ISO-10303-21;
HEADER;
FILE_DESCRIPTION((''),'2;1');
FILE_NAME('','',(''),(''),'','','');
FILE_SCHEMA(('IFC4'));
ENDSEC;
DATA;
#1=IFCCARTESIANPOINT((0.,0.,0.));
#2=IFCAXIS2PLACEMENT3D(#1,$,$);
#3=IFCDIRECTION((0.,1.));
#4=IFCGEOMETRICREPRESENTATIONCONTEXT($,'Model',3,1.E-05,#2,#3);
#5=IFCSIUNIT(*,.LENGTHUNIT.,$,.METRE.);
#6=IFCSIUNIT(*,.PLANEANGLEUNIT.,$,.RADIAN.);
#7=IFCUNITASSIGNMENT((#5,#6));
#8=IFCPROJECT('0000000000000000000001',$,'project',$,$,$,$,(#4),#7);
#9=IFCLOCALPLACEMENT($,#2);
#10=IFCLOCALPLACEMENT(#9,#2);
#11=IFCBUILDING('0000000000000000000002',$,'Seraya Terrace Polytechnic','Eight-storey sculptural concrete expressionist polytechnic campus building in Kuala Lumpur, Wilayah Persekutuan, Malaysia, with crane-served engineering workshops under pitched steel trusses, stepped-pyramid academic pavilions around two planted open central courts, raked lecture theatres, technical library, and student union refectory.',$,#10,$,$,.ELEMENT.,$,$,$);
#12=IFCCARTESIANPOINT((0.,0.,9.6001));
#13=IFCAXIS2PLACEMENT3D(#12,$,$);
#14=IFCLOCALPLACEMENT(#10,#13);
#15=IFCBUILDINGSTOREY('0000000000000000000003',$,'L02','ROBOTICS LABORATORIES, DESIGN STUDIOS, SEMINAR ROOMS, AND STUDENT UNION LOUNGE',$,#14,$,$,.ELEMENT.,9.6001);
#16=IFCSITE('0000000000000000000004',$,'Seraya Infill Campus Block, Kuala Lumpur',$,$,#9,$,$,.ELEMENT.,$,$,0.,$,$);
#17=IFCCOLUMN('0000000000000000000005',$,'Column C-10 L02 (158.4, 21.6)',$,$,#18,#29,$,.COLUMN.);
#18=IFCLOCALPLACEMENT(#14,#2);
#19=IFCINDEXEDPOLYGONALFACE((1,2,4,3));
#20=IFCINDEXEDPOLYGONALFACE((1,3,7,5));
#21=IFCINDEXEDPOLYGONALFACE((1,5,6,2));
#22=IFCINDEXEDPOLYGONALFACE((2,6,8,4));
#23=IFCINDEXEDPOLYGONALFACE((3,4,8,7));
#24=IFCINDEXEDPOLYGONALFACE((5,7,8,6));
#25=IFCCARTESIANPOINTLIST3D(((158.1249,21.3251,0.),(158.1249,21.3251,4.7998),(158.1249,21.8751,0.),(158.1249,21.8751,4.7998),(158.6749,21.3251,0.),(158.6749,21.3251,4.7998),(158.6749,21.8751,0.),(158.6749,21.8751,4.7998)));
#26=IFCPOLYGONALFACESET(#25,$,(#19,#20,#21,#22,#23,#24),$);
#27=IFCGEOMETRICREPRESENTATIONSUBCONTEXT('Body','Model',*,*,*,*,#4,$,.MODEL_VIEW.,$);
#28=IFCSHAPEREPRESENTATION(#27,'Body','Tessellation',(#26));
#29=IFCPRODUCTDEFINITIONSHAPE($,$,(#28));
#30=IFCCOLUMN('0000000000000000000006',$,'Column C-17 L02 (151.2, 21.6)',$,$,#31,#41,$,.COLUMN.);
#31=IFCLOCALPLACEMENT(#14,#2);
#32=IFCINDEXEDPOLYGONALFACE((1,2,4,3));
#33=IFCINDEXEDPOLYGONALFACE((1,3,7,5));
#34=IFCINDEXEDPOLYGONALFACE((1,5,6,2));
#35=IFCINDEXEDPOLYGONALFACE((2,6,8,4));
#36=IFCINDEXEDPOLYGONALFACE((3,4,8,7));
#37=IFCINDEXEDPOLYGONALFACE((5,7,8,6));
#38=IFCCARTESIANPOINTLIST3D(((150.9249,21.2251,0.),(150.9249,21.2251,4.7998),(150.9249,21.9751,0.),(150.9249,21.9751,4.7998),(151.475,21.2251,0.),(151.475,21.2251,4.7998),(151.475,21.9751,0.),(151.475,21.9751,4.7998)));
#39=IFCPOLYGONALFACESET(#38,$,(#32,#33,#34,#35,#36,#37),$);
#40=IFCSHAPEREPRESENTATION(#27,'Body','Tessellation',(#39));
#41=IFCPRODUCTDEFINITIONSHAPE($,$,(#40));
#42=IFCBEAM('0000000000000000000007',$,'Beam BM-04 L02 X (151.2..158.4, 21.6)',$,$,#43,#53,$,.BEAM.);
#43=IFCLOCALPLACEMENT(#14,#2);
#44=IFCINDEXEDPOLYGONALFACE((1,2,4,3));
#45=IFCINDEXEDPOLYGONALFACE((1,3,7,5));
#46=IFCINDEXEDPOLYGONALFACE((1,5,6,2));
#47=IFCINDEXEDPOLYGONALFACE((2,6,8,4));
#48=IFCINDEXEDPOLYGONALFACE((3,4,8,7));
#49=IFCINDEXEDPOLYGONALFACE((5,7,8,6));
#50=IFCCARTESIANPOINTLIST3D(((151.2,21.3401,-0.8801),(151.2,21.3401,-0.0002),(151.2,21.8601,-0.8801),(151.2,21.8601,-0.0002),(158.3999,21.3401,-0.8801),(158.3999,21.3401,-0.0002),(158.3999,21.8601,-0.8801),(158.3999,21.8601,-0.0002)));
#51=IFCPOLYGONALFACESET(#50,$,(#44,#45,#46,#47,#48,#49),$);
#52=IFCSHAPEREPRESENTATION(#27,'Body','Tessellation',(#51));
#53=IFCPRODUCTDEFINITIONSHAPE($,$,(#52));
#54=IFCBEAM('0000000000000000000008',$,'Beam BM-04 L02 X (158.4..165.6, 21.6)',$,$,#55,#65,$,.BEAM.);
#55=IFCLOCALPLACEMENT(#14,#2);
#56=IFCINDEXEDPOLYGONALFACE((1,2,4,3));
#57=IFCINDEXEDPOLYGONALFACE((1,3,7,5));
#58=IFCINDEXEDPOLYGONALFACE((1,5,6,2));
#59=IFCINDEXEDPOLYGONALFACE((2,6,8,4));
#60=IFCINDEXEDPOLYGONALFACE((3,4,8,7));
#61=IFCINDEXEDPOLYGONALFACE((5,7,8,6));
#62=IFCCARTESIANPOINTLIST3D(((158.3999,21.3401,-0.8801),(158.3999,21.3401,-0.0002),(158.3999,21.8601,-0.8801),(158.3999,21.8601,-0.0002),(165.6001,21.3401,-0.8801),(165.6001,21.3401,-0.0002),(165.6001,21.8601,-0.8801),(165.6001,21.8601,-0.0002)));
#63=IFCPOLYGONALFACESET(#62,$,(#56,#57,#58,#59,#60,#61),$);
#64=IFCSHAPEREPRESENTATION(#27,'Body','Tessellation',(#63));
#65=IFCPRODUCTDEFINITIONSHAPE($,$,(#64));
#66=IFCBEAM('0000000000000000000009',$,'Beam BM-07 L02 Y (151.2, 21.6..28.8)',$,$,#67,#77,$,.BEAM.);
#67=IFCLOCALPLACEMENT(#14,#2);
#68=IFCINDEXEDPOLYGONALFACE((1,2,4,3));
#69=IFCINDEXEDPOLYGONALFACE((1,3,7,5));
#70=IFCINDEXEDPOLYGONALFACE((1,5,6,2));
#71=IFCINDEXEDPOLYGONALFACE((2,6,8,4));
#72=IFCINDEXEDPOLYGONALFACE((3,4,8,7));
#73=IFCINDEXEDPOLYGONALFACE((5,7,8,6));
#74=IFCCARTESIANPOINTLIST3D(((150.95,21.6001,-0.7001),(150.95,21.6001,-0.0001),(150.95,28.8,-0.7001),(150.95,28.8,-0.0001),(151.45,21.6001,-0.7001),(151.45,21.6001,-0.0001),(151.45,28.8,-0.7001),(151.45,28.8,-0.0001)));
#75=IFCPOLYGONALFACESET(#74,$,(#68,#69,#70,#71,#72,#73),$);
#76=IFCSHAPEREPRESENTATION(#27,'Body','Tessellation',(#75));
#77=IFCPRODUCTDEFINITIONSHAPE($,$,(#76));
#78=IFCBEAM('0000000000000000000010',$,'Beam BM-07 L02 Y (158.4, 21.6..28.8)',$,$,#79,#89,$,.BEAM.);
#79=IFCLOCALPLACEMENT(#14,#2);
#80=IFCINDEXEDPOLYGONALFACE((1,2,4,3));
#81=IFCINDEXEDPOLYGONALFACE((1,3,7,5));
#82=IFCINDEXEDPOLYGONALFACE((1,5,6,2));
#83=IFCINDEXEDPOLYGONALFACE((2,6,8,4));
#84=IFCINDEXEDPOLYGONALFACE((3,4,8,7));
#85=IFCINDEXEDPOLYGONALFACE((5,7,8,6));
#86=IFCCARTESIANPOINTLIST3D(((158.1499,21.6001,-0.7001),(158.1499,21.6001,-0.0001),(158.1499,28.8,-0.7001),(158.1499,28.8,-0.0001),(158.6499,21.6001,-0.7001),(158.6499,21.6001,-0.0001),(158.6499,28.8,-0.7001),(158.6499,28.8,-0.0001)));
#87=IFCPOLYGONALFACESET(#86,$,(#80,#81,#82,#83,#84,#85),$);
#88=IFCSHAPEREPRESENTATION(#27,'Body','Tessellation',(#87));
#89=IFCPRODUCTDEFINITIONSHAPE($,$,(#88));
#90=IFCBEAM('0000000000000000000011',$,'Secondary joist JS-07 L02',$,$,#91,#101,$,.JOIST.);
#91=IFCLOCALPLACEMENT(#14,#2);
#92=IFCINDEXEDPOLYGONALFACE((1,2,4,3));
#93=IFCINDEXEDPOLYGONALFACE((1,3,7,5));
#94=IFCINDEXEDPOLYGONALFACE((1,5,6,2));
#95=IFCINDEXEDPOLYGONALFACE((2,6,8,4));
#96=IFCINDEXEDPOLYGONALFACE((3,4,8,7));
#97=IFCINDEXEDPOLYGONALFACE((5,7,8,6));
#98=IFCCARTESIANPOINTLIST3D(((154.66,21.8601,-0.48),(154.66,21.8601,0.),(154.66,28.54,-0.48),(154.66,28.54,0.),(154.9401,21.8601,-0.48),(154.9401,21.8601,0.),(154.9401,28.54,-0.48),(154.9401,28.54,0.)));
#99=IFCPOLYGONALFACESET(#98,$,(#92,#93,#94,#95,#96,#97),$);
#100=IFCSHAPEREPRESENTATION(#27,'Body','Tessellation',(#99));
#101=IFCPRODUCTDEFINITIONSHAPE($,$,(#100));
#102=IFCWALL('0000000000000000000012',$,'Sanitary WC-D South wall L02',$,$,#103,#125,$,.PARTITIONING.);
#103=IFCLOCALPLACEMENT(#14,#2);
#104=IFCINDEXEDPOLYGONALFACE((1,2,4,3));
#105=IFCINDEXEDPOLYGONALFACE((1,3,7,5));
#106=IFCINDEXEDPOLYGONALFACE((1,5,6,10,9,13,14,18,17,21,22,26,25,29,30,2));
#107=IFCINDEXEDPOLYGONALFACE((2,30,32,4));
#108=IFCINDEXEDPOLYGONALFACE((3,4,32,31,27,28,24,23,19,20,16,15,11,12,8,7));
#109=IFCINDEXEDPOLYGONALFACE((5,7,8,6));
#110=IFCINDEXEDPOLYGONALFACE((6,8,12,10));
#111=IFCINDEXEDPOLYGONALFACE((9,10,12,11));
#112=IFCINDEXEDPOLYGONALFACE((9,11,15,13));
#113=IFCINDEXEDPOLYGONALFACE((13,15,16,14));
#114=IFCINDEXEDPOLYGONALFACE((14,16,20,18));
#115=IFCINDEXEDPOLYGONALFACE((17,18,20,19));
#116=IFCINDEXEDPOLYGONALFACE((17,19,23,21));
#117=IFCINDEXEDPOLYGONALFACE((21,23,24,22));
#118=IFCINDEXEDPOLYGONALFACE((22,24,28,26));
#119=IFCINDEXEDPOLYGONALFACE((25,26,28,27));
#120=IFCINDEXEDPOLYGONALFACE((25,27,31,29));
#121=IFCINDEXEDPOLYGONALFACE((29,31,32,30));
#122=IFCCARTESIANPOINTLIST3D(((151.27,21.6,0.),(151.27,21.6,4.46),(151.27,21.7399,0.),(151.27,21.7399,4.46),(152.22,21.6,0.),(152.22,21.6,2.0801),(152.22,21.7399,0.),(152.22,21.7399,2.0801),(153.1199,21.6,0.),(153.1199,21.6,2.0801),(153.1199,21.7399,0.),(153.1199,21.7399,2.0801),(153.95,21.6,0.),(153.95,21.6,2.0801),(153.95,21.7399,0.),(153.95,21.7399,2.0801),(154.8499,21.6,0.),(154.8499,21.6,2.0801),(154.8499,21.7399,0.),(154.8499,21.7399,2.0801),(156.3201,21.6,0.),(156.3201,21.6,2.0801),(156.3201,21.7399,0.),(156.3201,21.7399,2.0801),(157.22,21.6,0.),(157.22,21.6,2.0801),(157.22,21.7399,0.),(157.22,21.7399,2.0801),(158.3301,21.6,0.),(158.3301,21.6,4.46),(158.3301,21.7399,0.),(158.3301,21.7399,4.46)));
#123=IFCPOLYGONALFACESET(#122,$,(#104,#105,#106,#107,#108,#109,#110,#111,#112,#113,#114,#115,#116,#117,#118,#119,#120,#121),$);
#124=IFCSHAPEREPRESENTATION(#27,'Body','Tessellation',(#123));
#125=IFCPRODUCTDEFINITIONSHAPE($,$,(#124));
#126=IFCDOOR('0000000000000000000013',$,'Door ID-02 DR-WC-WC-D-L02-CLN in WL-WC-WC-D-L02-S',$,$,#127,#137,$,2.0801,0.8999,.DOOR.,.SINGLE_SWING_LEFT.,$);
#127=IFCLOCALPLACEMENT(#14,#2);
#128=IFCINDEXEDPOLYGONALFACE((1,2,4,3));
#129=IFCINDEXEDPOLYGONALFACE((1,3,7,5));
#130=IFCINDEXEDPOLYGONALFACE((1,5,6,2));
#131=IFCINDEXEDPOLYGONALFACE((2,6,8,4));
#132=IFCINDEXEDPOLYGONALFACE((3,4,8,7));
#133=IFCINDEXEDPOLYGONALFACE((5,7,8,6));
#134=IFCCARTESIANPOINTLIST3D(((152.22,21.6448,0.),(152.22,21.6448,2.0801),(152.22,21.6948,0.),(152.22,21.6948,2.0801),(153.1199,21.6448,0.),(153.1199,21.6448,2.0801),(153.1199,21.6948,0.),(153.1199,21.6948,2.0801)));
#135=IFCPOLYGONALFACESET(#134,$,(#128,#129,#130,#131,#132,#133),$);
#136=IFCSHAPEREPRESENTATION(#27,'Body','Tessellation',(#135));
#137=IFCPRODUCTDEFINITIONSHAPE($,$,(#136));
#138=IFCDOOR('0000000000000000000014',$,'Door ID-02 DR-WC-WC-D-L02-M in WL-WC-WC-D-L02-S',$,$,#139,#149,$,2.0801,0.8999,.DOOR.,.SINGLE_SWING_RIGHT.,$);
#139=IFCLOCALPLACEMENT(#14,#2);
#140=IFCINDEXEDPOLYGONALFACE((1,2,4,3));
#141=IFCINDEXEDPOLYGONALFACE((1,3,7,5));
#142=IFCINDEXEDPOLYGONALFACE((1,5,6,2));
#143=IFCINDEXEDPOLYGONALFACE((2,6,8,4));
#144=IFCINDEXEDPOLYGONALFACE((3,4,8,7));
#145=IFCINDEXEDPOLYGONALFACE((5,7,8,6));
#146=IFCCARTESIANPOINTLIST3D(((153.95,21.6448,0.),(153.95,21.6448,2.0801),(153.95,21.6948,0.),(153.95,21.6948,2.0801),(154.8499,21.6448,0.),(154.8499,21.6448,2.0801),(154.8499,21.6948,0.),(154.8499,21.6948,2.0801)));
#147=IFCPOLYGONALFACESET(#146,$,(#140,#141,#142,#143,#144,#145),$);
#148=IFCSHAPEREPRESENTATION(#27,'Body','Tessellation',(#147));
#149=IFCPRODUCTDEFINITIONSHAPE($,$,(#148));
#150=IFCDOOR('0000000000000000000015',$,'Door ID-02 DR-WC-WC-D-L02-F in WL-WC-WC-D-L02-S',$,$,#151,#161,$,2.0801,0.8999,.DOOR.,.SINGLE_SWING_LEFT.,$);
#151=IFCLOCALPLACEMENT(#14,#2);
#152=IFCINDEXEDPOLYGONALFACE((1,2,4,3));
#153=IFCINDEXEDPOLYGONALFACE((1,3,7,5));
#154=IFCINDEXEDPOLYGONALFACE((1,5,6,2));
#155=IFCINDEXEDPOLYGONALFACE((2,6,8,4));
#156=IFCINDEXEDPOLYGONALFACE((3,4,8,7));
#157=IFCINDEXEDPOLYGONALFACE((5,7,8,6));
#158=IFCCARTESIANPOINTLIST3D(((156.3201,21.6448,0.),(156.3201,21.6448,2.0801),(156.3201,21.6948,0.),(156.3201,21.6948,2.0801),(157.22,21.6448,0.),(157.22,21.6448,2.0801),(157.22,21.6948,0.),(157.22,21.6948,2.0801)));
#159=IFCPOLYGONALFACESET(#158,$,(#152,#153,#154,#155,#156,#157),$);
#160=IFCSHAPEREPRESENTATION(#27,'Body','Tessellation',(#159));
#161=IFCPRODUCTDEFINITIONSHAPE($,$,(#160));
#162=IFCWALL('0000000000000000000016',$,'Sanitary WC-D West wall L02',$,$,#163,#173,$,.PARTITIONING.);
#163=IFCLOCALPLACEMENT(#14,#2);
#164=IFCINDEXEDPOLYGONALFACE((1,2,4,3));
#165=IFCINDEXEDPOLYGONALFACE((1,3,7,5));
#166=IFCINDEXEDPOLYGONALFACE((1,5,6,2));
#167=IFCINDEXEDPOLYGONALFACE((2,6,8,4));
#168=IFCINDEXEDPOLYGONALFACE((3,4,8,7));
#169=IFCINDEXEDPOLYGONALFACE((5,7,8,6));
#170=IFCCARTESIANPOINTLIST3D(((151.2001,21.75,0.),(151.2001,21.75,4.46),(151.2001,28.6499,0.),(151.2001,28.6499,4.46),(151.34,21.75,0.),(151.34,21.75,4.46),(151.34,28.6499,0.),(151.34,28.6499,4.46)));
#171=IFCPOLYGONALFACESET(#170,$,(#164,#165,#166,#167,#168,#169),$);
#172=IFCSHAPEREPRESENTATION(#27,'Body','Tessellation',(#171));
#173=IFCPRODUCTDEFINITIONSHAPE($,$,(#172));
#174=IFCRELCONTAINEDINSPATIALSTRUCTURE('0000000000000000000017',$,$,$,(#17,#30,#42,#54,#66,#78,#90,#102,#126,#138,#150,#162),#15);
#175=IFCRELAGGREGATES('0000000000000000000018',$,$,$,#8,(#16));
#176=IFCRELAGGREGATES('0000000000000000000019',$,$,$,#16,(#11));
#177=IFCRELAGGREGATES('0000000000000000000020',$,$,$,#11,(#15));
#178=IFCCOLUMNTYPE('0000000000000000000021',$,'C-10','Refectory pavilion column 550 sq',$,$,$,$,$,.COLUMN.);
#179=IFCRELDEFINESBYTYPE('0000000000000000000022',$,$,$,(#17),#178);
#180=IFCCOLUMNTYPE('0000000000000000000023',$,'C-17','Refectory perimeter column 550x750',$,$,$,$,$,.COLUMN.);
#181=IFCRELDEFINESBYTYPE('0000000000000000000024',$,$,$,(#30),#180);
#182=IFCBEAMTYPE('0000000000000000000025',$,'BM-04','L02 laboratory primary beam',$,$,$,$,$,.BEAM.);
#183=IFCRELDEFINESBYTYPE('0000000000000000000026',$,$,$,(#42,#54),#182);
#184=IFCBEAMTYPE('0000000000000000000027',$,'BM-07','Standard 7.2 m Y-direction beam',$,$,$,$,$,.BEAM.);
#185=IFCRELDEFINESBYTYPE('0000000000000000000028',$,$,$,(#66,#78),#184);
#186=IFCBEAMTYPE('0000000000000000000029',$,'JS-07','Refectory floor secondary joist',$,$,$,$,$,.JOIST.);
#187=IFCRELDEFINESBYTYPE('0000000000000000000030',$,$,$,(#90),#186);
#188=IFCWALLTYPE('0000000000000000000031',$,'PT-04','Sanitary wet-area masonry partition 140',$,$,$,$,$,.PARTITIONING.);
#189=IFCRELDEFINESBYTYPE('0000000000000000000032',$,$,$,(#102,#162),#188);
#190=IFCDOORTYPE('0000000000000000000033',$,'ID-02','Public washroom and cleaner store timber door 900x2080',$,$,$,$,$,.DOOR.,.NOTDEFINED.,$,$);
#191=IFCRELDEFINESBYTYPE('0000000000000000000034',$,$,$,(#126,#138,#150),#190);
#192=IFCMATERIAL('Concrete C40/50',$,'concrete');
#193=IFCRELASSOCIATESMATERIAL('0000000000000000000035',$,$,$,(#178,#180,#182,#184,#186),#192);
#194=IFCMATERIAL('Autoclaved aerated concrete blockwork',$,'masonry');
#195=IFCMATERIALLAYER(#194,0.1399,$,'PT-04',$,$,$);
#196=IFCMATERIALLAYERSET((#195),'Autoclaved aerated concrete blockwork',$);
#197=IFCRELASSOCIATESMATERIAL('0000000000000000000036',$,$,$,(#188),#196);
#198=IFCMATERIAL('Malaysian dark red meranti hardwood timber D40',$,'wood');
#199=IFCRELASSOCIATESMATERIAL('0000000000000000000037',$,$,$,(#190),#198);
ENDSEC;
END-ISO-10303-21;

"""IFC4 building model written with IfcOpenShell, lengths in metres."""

from ifc_helpers import new_model, si_unit, direction, frame, frame_2d, origin, origin_2d, place, context, subcontext, project, spatial, rectangle, extrude, material, layer, layer_set, material_profile, profile_set, type_object, element, fill, save


model = new_model("IFC4")

# Units and contexts
model_context = context("Model", 3, precision=1e-05, world=origin(), true_north=direction((0.0, 1.0)))
body_context = subcontext(model_context, "Body", "Model", "MODEL_VIEW")
ifc_project = project(units=[si_unit("LENGTHUNIT", "METRE"), si_unit("PLANEANGLEUNIT", "RADIAN")], contexts=[model_context])

# Site, building, storey
site_placement = place(None, origin())
site = spatial("IfcSite", under=ifc_project, at=site_placement, Name="Seraya Infill Campus Block, Kuala Lumpur", CompositionType="ELEMENT", RefElevation=0.0)
building_placement = place(site_placement, origin())
building = spatial("IfcBuilding", under=site, at=building_placement, Name="Seraya Terrace Polytechnic", Description="Eight-storey sculptural concrete expressionist polytechnic campus building in Kuala Lumpur, Wilayah Persekutuan, Malaysia, with crane-served engineering workshops under pitched steel trusses, stepped-pyramid academic pavilions around two planted open central courts, raked lecture theatres, technical library, and student union refectory.", CompositionType="ELEMENT")
storey_placement = place(building_placement, frame((0.0, 0.0, 9.6001)))
storey = spatial("IfcBuildingStorey", under=building, at=storey_placement, Name="L02", Description="ROBOTICS LABORATORIES, DESIGN STUDIOS, SEMINAR ROOMS, AND STUDENT UNION LOUNGE", CompositionType="ELEMENT", Elevation=9.6001)

# Columns
ifc_material_1 = material(Name="Concrete C40/50", Category="concrete")
ifc_material_profile_1 = material_profile(ifc_material_1, rectangle(XDim=0.55, YDim=0.55, at=origin_2d()), Name="RC 550x550")
ifc_profile_set_1 = profile_set([ifc_material_profile_1], Name="Concrete C40/50")
column_type_1 = type_object("IfcColumnType", Name="C-10", Description="Refectory pavilion column 550 sq", PredefinedType="COLUMN", material=ifc_profile_set_1)
column_1_placement = place(storey_placement, frame((158.3999, 21.6001, 0.0), z_axis=(0.0, 0.0, 1.0), x_axis=(1.0, 0.0, 0.0)))
element("IfcColumn", 1, at=column_1_placement, inside=storey, type_object=column_type_1, Name="Column C-10 L02 (158.4, 21.6)", PredefinedType="COLUMN", context=body_context, shape_type="SweptSolid", body=[
    extrude(rectangle(XDim=0.55, YDim=0.55, at=origin_2d()), origin(), (0.0, 0.0, 1.0), 4.7998),
])
ifc_material_profile_2 = material_profile(ifc_material_1, rectangle(XDim=0.55, YDim=0.75, at=origin_2d()), Name="RC 550x750")
ifc_profile_set_2 = profile_set([ifc_material_profile_2], Name="Concrete C40/50")
column_type_2 = type_object("IfcColumnType", Name="C-17", Description="Refectory perimeter column 550x750", PredefinedType="COLUMN", material=ifc_profile_set_2)
column_2_placement = place(storey_placement, frame((151.2, 21.6001, 0.0), z_axis=(0.0, 0.0, 1.0), x_axis=(1.0, 0.0, 0.0)))
element("IfcColumn", 2, at=column_2_placement, inside=storey, type_object=column_type_2, Name="Column C-17 L02 (151.2, 21.6)", PredefinedType="COLUMN", context=body_context, shape_type="SweptSolid", body=[
    extrude(rectangle(XDim=0.55, YDim=0.75, at=origin_2d()), origin(), (0.0, 0.0, 1.0), 4.7998),
])

# Beams
ifc_material_profile_3 = material_profile(ifc_material_1, rectangle(XDim=0.52, YDim=0.8799, at=origin_2d()), Name="RC 520x880")
ifc_profile_set_3 = profile_set([ifc_material_profile_3], Name="Concrete C40/50")
beam_type_1 = type_object("IfcBeamType", Name="BM-04", Description="L02 laboratory primary beam", PredefinedType="BEAM", material=ifc_profile_set_3)
beam_1_placement = place(storey_placement, frame((151.2, 21.6001, -0.4402), z_axis=(1.0, 0.0, 0.0), x_axis=(0.0, 1.0, 0.0)))
element("IfcBeam", 3, at=beam_1_placement, inside=storey, type_object=beam_type_1, Name="Beam BM-04 L02 X (151.2..158.4, 21.6)", PredefinedType="BEAM", context=body_context, shape_type="SweptSolid", body=[
    extrude(rectangle(XDim=0.52, YDim=0.8799, at=origin_2d()), origin(), (0.0, 0.0, 1.0), 7.2),
])
beam_2_placement = place(storey_placement, frame((158.3999, 21.6001, -0.4402), z_axis=(1.0, 0.0, 0.0), x_axis=(0.0, 1.0, 0.0)))
element("IfcBeam", 4, at=beam_2_placement, inside=storey, type_object=beam_type_1, Name="Beam BM-04 L02 X (158.4..165.6, 21.6)", PredefinedType="BEAM", context=body_context, shape_type="SweptSolid", body=[
    extrude(rectangle(XDim=0.52, YDim=0.8799, at=origin_2d()), origin(), (0.0, 0.0, 1.0), 7.2002),
])
ifc_material_profile_4 = material_profile(ifc_material_1, rectangle(XDim=0.5, YDim=0.7, at=origin_2d()), Name="RC 500x700")
ifc_profile_set_4 = profile_set([ifc_material_profile_4], Name="Concrete C40/50")
beam_type_2 = type_object("IfcBeamType", Name="BM-07", Description="Standard 7.2 m Y-direction beam", PredefinedType="BEAM", material=ifc_profile_set_4)
for number, where, z_axis, x_axis, name in (
    (5, (151.2, 21.6001, -0.3501), (0.0, 1.0, 0.0), (-1.0, 0.0, 0.0), "Beam BM-07 L02 Y (151.2, 21.6..28.8)"),
    (6, (158.3999, 21.6001, -0.3501), (0.0, 1.0, 0.0), (-1.0, 0.0, 0.0), "Beam BM-07 L02 Y (158.4, 21.6..28.8)"),
):
    element("IfcBeam", number, at=place(storey_placement, frame(where, z_axis=z_axis, x_axis=x_axis)), inside=storey, type_object=beam_type_2, Name=name, PredefinedType="BEAM", context=body_context, shape_type="SweptSolid", body=[
        extrude(rectangle(XDim=0.5, YDim=0.7, at=origin_2d()), origin(), (0.0, 0.0, 1.0), 7.2),
    ])
ifc_material_profile_5 = material_profile(ifc_material_1, rectangle(XDim=0.28, YDim=0.48, at=origin_2d()), Name="RC 280x480")
ifc_profile_set_5 = profile_set([ifc_material_profile_5], Name="Concrete C40/50")
beam_type_3 = type_object("IfcBeamType", Name="JS-07", Description="Refectory floor secondary joist", PredefinedType="JOIST", material=ifc_profile_set_5)
beam_3_placement = place(storey_placement, frame((154.8, 21.8601, -0.24), z_axis=(0.0, 1.0, 0.0), x_axis=(-1.0, 0.0, 0.0)))
element("IfcBeam", 7, at=beam_3_placement, inside=storey, type_object=beam_type_3, Name="Secondary joist JS-07 L02", PredefinedType="JOIST", context=body_context, shape_type="SweptSolid", body=[
    extrude(rectangle(XDim=0.28, YDim=0.48, at=origin_2d()), origin(), (0.0, 0.0, 1.0), 6.6799),
])

# Wall, openings, doors
ifc_material_2 = material(Name="Autoclaved aerated concrete blockwork", Category="masonry")
ifc_layer_1 = layer(ifc_material_2, 0.1399, Name="PT-04")
ifc_layer_set_1 = layer_set([ifc_layer_1], Name="Autoclaved aerated concrete blockwork")
wall_type_1 = type_object("IfcWallType", Name="PT-04", Description="Sanitary wet-area masonry partition 140", PredefinedType="PARTITIONING", material=ifc_layer_set_1)
wall_1_placement = place(storey_placement, frame((151.27, 21.6699, 0.0), z_axis=(0.0, 0.0, 1.0), x_axis=(1.0, 0.0, 0.0)))
wall_1 = element("IfcWall", 8, at=wall_1_placement, inside=storey, type_object=wall_type_1, Name="Sanitary WC-D South wall L02", PredefinedType="PARTITIONING", context=body_context, shape_type="SweptSolid", body=[
    extrude(rectangle(XDim=7.0601, YDim=0.1399, at=frame_2d((3.53, 0.0))), origin(), (0.0, 0.0, 1.0), 4.46),
])
opening_1_placement = place(wall_1_placement, frame((0.95, 0.0, 0.0)))
opening_1 = element("IfcOpeningElement", 9, at=opening_1_placement, cuts=wall_1, PredefinedType="OPENING", context=body_context, shape_type="SweptSolid", body=[
    extrude(rectangle(XDim=0.8999, YDim=2.0801, at=frame_2d((0.45, 1.04))), frame((0.0, 0.082, 0.0), z_axis=(0.0, -1.0, 0.0), x_axis=(1.0, 0.0, 0.0)), (0.0, 0.0, 1.0), 0.1638),
])
opening_2_placement = place(wall_1_placement, frame((2.6799, 0.0, 0.0)))
opening_2 = element("IfcOpeningElement", 10, at=opening_2_placement, cuts=wall_1, PredefinedType="OPENING", context=body_context, shape_type="SweptSolid", body=[
    extrude(rectangle(XDim=0.8999, YDim=2.0801, at=frame_2d((0.45, 1.04))), frame((0.0, 0.082, 0.0), z_axis=(0.0, -1.0, 0.0), x_axis=(1.0, 0.0, 0.0)), (0.0, 0.0, 1.0), 0.1638),
])
opening_3_placement = place(wall_1_placement, frame((5.05, 0.0, 0.0)))
opening_3 = element("IfcOpeningElement", 11, at=opening_3_placement, cuts=wall_1, PredefinedType="OPENING", context=body_context, shape_type="SweptSolid", body=[
    extrude(rectangle(XDim=0.8999, YDim=2.0801, at=frame_2d((0.45, 1.04))), frame((0.0, 0.082, 0.0), z_axis=(0.0, -1.0, 0.0), x_axis=(1.0, 0.0, 0.0)), (0.0, 0.0, 1.0), 0.1638),
])
ifc_material_3 = material(Name="Malaysian dark red meranti hardwood timber D40", Category="wood")
door_type_1 = type_object("IfcDoorType", Name="ID-02", Description="Public washroom and cleaner store timber door 900x2080", OperationType="NOTDEFINED", PredefinedType="DOOR", material=ifc_material_3)
door_1_placement = place(opening_1_placement, origin())
door_1 = element("IfcDoor", 12, at=door_1_placement, inside=storey, type_object=door_type_1, Name="Door ID-02 DR-WC-WC-D-L02-CLN in WL-WC-WC-D-L02-S", OperationType="SINGLE_SWING_LEFT", OverallHeight=2.0801, OverallWidth=0.8999, PredefinedType="DOOR", context=body_context, shape_type="SweptSolid", body=[
    extrude(rectangle(XDim=0.8999, YDim=2.0801, at=frame_2d((0.45, 1.04))), frame((0.0, 0.0249, 0.0), z_axis=(0.0, -1.0, 0.0), x_axis=(1.0, 0.0, 0.0)), (0.0, 0.0, 1.0), 0.05),
])
fill(opening_1, door_1)
door_2_placement = place(opening_2_placement, origin())
door_2 = element("IfcDoor", 13, at=door_2_placement, inside=storey, type_object=door_type_1, Name="Door ID-02 DR-WC-WC-D-L02-M in WL-WC-WC-D-L02-S", OperationType="SINGLE_SWING_RIGHT", OverallHeight=2.0801, OverallWidth=0.8999, PredefinedType="DOOR", context=body_context, shape_type="SweptSolid", body=[
    extrude(rectangle(XDim=0.8999, YDim=2.0801, at=frame_2d((0.45, 1.04))), frame((0.0, 0.0249, 0.0), z_axis=(0.0, -1.0, 0.0), x_axis=(1.0, 0.0, 0.0)), (0.0, 0.0, 1.0), 0.05),
])
fill(opening_2, door_2)
door_3_placement = place(opening_3_placement, origin())
door_3 = element("IfcDoor", 14, at=door_3_placement, inside=storey, type_object=door_type_1, Name="Door ID-02 DR-WC-WC-D-L02-F in WL-WC-WC-D-L02-S", OperationType="SINGLE_SWING_LEFT", OverallHeight=2.0801, OverallWidth=0.8999, PredefinedType="DOOR", context=body_context, shape_type="SweptSolid", body=[
    extrude(rectangle(XDim=0.8999, YDim=2.0801, at=frame_2d((0.45, 1.04))), frame((0.0, 0.0249, 0.0), z_axis=(0.0, -1.0, 0.0), x_axis=(1.0, 0.0, 0.0)), (0.0, 0.0, 1.0), 0.05),
])
fill(opening_3, door_3)

# Wall
for number, where, z_axis, x_axis, name in (
    (15, (151.27, 21.75, 0.0), (0.0, 0.0, 1.0), (0.0, 1.0, 0.0), "Sanitary WC-D West wall L02"),
):
    element("IfcWall", number, at=place(storey_placement, frame(where, z_axis=z_axis, x_axis=x_axis)), inside=storey, type_object=wall_type_1, Name=name, PredefinedType="PARTITIONING", context=body_context, shape_type="SweptSolid", body=[
        extrude(rectangle(XDim=6.8999, YDim=0.1399, at=frame_2d((3.45, 0.0))), origin(), (0.0, 0.0, 1.0), 4.46),
    ])

save(model, "model.ifc")
